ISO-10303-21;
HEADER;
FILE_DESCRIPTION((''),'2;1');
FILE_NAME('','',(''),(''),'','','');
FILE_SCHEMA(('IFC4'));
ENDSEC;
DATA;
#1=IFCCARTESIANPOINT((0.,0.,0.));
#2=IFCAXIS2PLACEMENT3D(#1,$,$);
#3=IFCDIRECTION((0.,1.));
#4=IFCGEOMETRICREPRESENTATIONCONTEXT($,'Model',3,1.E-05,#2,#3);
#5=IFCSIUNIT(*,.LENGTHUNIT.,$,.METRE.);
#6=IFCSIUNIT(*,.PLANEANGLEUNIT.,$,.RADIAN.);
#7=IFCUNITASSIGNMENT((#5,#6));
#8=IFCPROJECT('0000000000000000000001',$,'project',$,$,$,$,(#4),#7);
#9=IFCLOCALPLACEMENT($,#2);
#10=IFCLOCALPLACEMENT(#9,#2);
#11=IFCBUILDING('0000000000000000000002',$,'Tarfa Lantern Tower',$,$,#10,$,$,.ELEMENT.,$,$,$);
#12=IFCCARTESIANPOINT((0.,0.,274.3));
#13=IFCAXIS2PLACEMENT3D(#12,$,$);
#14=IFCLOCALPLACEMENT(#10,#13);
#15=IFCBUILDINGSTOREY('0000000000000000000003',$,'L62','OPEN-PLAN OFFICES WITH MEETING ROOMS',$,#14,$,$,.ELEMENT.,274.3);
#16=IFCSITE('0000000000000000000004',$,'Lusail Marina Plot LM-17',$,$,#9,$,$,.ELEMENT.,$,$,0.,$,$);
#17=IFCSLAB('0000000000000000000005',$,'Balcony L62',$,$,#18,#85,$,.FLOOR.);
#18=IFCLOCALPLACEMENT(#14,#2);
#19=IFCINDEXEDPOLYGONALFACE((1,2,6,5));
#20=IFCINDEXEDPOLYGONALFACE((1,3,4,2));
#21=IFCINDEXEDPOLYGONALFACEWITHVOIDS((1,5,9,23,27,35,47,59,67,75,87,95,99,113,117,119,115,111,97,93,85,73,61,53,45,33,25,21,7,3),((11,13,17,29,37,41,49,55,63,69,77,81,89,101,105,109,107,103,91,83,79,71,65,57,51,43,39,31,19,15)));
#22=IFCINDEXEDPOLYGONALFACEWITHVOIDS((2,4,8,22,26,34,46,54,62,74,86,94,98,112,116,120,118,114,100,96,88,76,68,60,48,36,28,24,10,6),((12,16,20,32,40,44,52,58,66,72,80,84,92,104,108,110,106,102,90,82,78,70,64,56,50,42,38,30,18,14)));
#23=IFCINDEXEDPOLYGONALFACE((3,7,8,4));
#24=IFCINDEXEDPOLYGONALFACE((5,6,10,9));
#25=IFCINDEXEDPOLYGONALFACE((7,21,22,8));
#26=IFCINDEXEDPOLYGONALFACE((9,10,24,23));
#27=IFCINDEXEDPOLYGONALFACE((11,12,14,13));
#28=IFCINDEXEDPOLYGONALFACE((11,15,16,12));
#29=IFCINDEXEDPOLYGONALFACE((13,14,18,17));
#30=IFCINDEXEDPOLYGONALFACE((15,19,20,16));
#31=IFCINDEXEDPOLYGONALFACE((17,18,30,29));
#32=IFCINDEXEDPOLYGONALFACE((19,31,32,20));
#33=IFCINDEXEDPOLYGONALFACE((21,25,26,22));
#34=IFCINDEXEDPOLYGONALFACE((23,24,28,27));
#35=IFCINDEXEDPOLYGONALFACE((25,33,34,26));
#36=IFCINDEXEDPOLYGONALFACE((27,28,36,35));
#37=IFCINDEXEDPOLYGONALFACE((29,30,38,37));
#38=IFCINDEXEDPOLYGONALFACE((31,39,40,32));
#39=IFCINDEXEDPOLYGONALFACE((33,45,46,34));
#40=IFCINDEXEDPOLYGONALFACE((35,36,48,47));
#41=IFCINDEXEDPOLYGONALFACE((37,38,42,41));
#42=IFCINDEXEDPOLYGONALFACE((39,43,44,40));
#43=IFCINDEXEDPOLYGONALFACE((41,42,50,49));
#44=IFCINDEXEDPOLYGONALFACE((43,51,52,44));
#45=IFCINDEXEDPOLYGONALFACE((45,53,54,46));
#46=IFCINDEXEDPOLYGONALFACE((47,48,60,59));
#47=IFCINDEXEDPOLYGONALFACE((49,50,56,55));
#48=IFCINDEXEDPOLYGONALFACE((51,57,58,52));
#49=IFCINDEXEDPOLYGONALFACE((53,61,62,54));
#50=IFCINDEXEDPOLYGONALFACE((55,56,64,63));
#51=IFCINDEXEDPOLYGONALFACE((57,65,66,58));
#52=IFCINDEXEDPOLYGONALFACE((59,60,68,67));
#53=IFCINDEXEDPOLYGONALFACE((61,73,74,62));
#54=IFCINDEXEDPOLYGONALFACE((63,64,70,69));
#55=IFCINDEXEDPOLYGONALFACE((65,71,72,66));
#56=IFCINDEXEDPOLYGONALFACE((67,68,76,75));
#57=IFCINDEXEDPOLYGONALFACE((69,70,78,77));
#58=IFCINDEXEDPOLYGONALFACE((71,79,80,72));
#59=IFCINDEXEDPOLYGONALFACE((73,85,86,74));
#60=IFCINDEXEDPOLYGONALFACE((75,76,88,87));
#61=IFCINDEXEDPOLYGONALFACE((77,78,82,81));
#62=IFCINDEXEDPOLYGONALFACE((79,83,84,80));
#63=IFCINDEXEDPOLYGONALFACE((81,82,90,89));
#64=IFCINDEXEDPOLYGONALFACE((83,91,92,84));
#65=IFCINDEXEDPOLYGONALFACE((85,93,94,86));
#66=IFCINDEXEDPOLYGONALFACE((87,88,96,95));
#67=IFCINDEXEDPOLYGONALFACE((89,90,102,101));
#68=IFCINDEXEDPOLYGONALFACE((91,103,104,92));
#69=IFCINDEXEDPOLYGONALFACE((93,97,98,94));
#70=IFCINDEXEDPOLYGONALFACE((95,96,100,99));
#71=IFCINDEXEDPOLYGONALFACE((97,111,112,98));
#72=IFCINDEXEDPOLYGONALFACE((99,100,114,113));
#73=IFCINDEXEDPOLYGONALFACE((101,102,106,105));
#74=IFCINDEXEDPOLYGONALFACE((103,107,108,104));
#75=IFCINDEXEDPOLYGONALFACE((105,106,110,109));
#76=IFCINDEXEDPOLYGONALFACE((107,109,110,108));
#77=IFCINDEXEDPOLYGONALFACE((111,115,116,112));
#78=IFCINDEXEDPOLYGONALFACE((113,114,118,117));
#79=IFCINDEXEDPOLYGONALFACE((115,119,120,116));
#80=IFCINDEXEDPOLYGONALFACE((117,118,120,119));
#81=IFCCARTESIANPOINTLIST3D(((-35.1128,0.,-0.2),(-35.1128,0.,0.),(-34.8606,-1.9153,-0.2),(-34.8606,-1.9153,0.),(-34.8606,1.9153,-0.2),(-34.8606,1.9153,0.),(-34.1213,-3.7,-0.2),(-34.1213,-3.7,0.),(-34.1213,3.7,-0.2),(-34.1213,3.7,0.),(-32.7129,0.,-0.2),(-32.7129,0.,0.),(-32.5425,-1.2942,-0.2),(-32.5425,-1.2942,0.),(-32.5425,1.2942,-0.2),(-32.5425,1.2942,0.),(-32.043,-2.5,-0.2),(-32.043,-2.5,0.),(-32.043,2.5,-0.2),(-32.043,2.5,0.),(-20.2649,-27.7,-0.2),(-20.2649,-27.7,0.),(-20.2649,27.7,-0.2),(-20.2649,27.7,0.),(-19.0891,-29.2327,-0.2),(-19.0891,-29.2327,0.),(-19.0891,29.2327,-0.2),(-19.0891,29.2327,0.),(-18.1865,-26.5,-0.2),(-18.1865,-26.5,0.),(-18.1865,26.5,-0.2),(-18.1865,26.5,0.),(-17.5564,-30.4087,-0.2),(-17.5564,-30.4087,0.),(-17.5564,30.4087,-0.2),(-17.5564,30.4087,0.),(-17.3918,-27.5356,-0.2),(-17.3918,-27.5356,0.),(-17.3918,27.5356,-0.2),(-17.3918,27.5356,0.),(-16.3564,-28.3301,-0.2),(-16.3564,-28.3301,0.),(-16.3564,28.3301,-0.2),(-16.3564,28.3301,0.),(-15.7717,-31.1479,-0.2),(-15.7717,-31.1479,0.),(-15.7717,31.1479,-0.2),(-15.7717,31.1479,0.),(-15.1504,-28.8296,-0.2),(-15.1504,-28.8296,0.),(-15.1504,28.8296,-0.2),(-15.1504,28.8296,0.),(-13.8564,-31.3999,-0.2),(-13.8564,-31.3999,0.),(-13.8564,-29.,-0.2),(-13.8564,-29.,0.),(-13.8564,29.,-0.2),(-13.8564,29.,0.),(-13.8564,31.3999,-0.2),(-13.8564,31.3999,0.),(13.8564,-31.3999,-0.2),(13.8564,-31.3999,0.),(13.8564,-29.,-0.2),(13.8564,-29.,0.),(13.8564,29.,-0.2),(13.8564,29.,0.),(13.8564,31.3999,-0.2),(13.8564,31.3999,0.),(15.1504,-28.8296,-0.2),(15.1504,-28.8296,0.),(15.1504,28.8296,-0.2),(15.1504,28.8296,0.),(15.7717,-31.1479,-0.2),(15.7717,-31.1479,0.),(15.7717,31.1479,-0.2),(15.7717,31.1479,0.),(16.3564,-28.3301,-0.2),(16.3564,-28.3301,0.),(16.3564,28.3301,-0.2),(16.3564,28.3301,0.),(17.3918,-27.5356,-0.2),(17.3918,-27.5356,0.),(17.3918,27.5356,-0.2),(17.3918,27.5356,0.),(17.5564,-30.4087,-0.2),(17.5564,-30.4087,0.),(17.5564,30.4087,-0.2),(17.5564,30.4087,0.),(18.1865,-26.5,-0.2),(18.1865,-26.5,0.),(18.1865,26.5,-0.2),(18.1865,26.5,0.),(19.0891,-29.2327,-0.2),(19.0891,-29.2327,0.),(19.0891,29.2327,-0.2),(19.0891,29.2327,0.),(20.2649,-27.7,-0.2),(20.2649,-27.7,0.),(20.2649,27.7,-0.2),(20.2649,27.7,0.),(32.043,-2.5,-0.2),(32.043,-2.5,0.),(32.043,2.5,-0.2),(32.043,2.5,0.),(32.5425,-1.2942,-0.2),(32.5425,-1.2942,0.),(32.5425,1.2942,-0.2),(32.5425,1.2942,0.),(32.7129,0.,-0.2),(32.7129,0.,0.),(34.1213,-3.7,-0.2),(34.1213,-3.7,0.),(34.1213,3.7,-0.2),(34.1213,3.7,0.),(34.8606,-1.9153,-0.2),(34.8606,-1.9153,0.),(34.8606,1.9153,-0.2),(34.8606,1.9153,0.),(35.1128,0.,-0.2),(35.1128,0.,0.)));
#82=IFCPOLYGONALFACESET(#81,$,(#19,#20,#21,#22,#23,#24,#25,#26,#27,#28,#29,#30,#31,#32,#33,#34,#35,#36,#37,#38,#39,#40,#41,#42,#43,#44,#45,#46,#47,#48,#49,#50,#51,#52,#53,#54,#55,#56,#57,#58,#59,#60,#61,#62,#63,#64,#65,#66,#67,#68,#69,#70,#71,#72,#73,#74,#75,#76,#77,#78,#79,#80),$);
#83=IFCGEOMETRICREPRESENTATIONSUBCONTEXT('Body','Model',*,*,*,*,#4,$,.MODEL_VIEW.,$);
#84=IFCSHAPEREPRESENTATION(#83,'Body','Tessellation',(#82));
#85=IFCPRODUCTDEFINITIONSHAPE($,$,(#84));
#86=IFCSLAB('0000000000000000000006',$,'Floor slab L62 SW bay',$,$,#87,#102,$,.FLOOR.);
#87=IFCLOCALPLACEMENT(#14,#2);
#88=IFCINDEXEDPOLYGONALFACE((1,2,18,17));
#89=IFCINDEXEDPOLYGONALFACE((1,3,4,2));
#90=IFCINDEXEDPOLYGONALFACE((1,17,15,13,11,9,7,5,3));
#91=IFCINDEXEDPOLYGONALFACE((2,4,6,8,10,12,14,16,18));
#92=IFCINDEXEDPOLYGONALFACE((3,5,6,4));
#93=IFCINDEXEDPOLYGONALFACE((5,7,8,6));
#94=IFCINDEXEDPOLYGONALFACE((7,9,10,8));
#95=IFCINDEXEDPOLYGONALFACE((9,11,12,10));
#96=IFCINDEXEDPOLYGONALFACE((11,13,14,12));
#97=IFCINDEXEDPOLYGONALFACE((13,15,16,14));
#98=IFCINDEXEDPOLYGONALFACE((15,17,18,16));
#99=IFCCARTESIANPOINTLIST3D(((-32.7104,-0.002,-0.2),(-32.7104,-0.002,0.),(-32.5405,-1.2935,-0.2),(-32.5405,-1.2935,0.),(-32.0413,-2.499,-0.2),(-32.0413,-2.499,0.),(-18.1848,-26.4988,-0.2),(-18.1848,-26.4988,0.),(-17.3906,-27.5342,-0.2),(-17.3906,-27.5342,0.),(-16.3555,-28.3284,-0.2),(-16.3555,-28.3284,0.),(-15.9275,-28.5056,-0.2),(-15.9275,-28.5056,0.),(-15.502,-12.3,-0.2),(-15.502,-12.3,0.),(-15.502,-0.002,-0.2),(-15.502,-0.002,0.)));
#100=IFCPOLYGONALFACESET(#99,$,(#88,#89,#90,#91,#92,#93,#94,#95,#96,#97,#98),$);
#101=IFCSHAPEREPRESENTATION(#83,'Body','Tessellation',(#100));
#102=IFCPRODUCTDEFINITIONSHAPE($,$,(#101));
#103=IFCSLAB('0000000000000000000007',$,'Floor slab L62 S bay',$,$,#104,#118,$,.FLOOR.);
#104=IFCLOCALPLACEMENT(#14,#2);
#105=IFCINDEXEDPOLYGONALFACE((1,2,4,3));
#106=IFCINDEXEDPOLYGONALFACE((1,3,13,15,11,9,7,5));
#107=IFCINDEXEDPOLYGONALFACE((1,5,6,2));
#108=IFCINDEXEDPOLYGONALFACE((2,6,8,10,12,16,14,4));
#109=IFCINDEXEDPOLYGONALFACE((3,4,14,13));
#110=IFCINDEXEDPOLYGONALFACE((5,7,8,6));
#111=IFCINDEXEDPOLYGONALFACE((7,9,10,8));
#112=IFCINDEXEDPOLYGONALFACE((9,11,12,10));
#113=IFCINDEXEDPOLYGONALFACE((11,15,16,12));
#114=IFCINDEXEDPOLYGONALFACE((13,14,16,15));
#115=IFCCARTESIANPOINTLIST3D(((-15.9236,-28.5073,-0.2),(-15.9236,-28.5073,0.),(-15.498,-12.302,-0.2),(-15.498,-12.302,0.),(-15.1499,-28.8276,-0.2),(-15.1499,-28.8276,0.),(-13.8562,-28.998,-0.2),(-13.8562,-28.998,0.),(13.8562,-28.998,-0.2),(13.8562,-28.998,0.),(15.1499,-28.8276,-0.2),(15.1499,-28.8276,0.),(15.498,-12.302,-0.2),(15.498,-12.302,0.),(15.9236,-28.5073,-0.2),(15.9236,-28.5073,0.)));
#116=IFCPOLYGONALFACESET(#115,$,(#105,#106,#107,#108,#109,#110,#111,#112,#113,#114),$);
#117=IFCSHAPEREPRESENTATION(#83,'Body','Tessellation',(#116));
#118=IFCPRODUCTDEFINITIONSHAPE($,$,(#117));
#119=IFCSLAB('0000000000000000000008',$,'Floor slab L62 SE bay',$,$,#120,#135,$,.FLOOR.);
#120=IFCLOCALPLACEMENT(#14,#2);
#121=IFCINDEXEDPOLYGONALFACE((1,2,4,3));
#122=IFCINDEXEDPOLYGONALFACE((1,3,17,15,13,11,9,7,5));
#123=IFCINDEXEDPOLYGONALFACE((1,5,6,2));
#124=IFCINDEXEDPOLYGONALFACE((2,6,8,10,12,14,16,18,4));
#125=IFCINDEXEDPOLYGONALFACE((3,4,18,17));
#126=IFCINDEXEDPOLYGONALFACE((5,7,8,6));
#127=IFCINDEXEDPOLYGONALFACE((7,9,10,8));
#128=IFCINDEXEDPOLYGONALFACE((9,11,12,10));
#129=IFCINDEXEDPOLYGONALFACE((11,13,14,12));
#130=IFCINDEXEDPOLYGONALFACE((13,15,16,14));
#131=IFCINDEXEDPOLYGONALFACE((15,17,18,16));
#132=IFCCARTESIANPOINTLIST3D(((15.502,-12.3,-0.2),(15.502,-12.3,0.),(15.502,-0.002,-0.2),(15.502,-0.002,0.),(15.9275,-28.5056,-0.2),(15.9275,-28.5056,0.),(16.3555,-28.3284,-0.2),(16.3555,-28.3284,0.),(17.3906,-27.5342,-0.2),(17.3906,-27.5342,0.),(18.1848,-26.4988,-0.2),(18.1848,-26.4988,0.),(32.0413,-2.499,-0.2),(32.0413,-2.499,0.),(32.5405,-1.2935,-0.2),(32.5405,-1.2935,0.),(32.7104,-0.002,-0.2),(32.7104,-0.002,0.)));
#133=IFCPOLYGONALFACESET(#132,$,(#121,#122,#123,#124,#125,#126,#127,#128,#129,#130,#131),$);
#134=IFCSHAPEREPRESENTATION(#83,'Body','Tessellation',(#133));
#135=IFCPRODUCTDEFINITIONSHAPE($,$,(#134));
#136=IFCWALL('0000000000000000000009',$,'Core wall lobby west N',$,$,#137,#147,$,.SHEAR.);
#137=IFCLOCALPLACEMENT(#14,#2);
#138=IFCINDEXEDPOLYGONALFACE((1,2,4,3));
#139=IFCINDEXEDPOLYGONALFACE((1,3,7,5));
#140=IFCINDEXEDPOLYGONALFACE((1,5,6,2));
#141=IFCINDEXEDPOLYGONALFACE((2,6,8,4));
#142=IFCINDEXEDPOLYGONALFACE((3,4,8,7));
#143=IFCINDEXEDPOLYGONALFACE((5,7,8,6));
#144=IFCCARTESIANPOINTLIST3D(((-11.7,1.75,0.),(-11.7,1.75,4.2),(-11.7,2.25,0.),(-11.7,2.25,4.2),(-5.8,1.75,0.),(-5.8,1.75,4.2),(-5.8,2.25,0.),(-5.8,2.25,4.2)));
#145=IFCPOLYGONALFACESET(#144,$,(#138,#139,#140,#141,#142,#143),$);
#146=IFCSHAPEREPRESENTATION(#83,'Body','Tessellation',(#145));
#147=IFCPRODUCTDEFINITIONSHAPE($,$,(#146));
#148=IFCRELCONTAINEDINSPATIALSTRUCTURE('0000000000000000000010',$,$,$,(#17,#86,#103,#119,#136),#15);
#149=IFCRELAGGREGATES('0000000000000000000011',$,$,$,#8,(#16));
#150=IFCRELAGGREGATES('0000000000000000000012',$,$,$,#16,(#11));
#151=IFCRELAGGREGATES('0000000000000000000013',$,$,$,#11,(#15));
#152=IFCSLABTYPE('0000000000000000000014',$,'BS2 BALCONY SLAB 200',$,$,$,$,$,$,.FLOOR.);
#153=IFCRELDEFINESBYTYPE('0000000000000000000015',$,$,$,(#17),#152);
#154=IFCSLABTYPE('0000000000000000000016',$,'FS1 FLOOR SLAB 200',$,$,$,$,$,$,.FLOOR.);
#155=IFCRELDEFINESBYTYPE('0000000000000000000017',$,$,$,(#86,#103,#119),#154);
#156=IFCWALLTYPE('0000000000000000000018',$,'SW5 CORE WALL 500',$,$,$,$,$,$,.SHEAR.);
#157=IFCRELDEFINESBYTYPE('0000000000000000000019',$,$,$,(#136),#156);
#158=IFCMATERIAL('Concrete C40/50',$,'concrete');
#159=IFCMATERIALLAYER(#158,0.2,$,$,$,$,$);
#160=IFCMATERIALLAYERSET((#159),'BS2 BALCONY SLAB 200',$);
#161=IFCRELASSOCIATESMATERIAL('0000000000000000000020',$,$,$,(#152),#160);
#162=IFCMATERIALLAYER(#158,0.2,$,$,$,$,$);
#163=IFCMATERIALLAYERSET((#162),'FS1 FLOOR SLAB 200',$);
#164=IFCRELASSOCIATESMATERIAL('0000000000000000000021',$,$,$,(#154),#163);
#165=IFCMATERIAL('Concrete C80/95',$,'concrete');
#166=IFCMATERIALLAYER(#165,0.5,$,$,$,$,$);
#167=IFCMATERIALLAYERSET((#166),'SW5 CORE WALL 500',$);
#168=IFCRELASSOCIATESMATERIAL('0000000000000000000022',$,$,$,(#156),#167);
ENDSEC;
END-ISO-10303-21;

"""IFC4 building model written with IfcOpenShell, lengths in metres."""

from ifc_helpers import new_model, si_unit, direction, frame, frame_2d, origin, place, context, subcontext, project, spatial, polyline, rectangle, outline, extrude, material, layer, layer_set, type_object, element, save


model = new_model("IFC4")

# Units and contexts
model_context = context("Model", 3, precision=1e-05, world=origin(), true_north=direction((0.0, 1.0)))
body_context = subcontext(model_context, "Body", "Model", "MODEL_VIEW")
ifc_project = project(units=[si_unit("LENGTHUNIT", "METRE"), si_unit("PLANEANGLEUNIT", "RADIAN")], contexts=[model_context])

# Site, building, storey
site_placement = place(None, origin())
site = spatial("IfcSite", under=ifc_project, at=site_placement, Name="Lusail Marina Plot LM-17", CompositionType="ELEMENT", RefElevation=0.0)
building_placement = place(site_placement, origin())
building = spatial("IfcBuilding", under=site, at=building_placement, Name="Tarfa Lantern Tower", CompositionType="ELEMENT")
storey_placement = place(building_placement, frame((0.0, 0.0, 274.3)))
storey = spatial("IfcBuildingStorey", under=building, at=storey_placement, Name="L62", Description="OPEN-PLAN OFFICES WITH MEETING ROOMS", CompositionType="ELEMENT", Elevation=274.3)

# Slabs
ifc_material_1 = material(Name="Concrete C40/50", Category="concrete")
ifc_layer_1 = layer(ifc_material_1, 0.2)
ifc_layer_set_1 = layer_set([ifc_layer_1], Name="BS2 BALCONY SLAB 200")
slab_type_1 = type_object("IfcSlabType", Name="BS2 BALCONY SLAB 200", PredefinedType="FLOOR", material=ifc_layer_set_1)
slab_1_placement = place(storey_placement, frame((0.0, 0.0, -0.2)))
element("IfcSlab", 1, at=slab_1_placement, inside=storey, type_object=slab_type_1, Name="Balcony L62", PredefinedType="FLOOR", context=body_context, shape_type="SweptSolid", body=[
    extrude(outline(polyline([(34.1213, 3.7), (20.2649, 27.7), (19.0891, 29.2327), (17.5564, 30.4087), (15.7717, 31.1479), (13.8564, 31.3999), (-13.8564, 31.3999), (-15.7717, 31.1479), (-17.5564, 30.4087), (-19.0891, 29.2327), (-20.2649, 27.7), (-34.1213, 3.7), (-34.8606, 1.9153), (-35.1128, 0.0), (-34.8606, -1.9153), (-34.1213, -3.7), (-20.2649, -27.7), (-19.0891, -29.2327), (-17.5564, -30.4087), (-15.7717, -31.1479), (-13.8564, -31.3999), (13.8564, -31.3999), (15.7717, -31.1479), (17.5564, -30.4087), (19.0891, -29.2327), (20.2649, -27.7), (34.1213, -3.7), (34.8606, -1.9153), (35.1128, 0.0), (34.8606, 1.9153), (34.1213, 3.7)]), holes=[polyline([(32.043, 2.5), (18.1865, 26.5), (17.3918, 27.5356), (16.3564, 28.3301), (15.1504, 28.8296), (13.8564, 29.0), (-13.8564, 29.0), (-15.1504, 28.8296), (-16.3564, 28.3301), (-17.3918, 27.5356), (-18.1865, 26.5), (-32.043, 2.5), (-32.5425, 1.2942), (-32.7129, 0.0), (-32.5425, -1.2942), (-32.043, -2.5), (-18.1865, -26.5), (-17.3918, -27.5356), (-16.3564, -28.3301), (-15.1504, -28.8296), (-13.8564, -29.0), (13.8564, -29.0), (15.1504, -28.8296), (16.3564, -28.3301), (17.3918, -27.5356), (18.1865, -26.5), (32.043, -2.5), (32.5425, -1.2942), (32.7129, 0.0), (32.5425, 1.2942), (32.043, 2.5)])]), origin(), (0.0, 0.0, 1.0), 0.2),
])
ifc_layer_2 = layer(ifc_material_1, 0.2)
ifc_layer_set_2 = layer_set([ifc_layer_2], Name="FS1 FLOOR SLAB 200")
slab_type_2 = type_object("IfcSlabType", Name="FS1 FLOOR SLAB 200", PredefinedType="FLOOR", material=ifc_layer_set_2)
slab_2_placement = place(storey_placement, frame((0.0, 0.0, -0.2)))
element("IfcSlab", 2, at=slab_2_placement, inside=storey, type_object=slab_type_2, Name="Floor slab L62 SW bay", PredefinedType="FLOOR", context=body_context, shape_type="SweptSolid", body=[
    extrude(outline(polyline([(-15.502, -12.3), (-15.502, -0.002), (-32.7104, -0.002), (-32.5405, -1.2935), (-32.0413, -2.499), (-18.1848, -26.4988), (-17.3906, -27.5342), (-16.3555, -28.3284), (-15.9275, -28.5056), (-15.502, -12.3)])), origin(), (0.0, 0.0, 1.0), 0.2),
])
slab_3_placement = place(storey_placement, frame((0.0, 0.0, -0.2)))
element("IfcSlab", 3, at=slab_3_placement, inside=storey, type_object=slab_type_2, Name="Floor slab L62 S bay", PredefinedType="FLOOR", context=body_context, shape_type="SweptSolid", body=[
    extrude(outline(polyline([(15.498, -12.302), (-15.498, -12.302), (-15.9236, -28.5073), (-15.1499, -28.8276), (-13.8562, -28.998), (13.8562, -28.998), (15.1499, -28.8276), (15.9236, -28.5073), (15.498, -12.302)])), origin(), (0.0, 0.0, 1.0), 0.2),
])
slab_4_placement = place(storey_placement, frame((0.0, 0.0, -0.2)))
element("IfcSlab", 4, at=slab_4_placement, inside=storey, type_object=slab_type_2, Name="Floor slab L62 SE bay", PredefinedType="FLOOR", context=body_context, shape_type="SweptSolid", body=[
    extrude(outline(polyline([(15.502, -0.002), (15.502, -12.3), (15.9275, -28.5056), (16.3555, -28.3284), (17.3906, -27.5342), (18.1848, -26.4988), (32.0413, -2.499), (32.5405, -1.2935), (32.7104, -0.002), (15.502, -0.002)])), origin(), (0.0, 0.0, 1.0), 0.2),
])

# Wall
ifc_material_2 = material(Name="Concrete C80/95", Category="concrete")
ifc_layer_3 = layer(ifc_material_2, 0.5)
ifc_layer_set_3 = layer_set([ifc_layer_3], Name="SW5 CORE WALL 500")
wall_type = type_object("IfcWallType", Name="SW5 CORE WALL 500", PredefinedType="SHEAR", material=ifc_layer_set_3)
wall_1_placement = place(storey_placement, frame((-11.7, 2.0, 0.0), z_axis=(0.0, 0.0, 1.0), x_axis=(1.0, 0.0, 0.0)))
element("IfcWall", 5, at=wall_1_placement, inside=storey, type_object=wall_type, Name="Core wall lobby west N", PredefinedType="SHEAR", context=body_context, shape_type="SweptSolid", body=[
    extrude(rectangle(XDim=5.8999, YDim=0.5, at=frame_2d((2.95, 0.0))), origin(), (0.0, 0.0, 1.0), 4.2),
])

save(model, "model.ifc")
